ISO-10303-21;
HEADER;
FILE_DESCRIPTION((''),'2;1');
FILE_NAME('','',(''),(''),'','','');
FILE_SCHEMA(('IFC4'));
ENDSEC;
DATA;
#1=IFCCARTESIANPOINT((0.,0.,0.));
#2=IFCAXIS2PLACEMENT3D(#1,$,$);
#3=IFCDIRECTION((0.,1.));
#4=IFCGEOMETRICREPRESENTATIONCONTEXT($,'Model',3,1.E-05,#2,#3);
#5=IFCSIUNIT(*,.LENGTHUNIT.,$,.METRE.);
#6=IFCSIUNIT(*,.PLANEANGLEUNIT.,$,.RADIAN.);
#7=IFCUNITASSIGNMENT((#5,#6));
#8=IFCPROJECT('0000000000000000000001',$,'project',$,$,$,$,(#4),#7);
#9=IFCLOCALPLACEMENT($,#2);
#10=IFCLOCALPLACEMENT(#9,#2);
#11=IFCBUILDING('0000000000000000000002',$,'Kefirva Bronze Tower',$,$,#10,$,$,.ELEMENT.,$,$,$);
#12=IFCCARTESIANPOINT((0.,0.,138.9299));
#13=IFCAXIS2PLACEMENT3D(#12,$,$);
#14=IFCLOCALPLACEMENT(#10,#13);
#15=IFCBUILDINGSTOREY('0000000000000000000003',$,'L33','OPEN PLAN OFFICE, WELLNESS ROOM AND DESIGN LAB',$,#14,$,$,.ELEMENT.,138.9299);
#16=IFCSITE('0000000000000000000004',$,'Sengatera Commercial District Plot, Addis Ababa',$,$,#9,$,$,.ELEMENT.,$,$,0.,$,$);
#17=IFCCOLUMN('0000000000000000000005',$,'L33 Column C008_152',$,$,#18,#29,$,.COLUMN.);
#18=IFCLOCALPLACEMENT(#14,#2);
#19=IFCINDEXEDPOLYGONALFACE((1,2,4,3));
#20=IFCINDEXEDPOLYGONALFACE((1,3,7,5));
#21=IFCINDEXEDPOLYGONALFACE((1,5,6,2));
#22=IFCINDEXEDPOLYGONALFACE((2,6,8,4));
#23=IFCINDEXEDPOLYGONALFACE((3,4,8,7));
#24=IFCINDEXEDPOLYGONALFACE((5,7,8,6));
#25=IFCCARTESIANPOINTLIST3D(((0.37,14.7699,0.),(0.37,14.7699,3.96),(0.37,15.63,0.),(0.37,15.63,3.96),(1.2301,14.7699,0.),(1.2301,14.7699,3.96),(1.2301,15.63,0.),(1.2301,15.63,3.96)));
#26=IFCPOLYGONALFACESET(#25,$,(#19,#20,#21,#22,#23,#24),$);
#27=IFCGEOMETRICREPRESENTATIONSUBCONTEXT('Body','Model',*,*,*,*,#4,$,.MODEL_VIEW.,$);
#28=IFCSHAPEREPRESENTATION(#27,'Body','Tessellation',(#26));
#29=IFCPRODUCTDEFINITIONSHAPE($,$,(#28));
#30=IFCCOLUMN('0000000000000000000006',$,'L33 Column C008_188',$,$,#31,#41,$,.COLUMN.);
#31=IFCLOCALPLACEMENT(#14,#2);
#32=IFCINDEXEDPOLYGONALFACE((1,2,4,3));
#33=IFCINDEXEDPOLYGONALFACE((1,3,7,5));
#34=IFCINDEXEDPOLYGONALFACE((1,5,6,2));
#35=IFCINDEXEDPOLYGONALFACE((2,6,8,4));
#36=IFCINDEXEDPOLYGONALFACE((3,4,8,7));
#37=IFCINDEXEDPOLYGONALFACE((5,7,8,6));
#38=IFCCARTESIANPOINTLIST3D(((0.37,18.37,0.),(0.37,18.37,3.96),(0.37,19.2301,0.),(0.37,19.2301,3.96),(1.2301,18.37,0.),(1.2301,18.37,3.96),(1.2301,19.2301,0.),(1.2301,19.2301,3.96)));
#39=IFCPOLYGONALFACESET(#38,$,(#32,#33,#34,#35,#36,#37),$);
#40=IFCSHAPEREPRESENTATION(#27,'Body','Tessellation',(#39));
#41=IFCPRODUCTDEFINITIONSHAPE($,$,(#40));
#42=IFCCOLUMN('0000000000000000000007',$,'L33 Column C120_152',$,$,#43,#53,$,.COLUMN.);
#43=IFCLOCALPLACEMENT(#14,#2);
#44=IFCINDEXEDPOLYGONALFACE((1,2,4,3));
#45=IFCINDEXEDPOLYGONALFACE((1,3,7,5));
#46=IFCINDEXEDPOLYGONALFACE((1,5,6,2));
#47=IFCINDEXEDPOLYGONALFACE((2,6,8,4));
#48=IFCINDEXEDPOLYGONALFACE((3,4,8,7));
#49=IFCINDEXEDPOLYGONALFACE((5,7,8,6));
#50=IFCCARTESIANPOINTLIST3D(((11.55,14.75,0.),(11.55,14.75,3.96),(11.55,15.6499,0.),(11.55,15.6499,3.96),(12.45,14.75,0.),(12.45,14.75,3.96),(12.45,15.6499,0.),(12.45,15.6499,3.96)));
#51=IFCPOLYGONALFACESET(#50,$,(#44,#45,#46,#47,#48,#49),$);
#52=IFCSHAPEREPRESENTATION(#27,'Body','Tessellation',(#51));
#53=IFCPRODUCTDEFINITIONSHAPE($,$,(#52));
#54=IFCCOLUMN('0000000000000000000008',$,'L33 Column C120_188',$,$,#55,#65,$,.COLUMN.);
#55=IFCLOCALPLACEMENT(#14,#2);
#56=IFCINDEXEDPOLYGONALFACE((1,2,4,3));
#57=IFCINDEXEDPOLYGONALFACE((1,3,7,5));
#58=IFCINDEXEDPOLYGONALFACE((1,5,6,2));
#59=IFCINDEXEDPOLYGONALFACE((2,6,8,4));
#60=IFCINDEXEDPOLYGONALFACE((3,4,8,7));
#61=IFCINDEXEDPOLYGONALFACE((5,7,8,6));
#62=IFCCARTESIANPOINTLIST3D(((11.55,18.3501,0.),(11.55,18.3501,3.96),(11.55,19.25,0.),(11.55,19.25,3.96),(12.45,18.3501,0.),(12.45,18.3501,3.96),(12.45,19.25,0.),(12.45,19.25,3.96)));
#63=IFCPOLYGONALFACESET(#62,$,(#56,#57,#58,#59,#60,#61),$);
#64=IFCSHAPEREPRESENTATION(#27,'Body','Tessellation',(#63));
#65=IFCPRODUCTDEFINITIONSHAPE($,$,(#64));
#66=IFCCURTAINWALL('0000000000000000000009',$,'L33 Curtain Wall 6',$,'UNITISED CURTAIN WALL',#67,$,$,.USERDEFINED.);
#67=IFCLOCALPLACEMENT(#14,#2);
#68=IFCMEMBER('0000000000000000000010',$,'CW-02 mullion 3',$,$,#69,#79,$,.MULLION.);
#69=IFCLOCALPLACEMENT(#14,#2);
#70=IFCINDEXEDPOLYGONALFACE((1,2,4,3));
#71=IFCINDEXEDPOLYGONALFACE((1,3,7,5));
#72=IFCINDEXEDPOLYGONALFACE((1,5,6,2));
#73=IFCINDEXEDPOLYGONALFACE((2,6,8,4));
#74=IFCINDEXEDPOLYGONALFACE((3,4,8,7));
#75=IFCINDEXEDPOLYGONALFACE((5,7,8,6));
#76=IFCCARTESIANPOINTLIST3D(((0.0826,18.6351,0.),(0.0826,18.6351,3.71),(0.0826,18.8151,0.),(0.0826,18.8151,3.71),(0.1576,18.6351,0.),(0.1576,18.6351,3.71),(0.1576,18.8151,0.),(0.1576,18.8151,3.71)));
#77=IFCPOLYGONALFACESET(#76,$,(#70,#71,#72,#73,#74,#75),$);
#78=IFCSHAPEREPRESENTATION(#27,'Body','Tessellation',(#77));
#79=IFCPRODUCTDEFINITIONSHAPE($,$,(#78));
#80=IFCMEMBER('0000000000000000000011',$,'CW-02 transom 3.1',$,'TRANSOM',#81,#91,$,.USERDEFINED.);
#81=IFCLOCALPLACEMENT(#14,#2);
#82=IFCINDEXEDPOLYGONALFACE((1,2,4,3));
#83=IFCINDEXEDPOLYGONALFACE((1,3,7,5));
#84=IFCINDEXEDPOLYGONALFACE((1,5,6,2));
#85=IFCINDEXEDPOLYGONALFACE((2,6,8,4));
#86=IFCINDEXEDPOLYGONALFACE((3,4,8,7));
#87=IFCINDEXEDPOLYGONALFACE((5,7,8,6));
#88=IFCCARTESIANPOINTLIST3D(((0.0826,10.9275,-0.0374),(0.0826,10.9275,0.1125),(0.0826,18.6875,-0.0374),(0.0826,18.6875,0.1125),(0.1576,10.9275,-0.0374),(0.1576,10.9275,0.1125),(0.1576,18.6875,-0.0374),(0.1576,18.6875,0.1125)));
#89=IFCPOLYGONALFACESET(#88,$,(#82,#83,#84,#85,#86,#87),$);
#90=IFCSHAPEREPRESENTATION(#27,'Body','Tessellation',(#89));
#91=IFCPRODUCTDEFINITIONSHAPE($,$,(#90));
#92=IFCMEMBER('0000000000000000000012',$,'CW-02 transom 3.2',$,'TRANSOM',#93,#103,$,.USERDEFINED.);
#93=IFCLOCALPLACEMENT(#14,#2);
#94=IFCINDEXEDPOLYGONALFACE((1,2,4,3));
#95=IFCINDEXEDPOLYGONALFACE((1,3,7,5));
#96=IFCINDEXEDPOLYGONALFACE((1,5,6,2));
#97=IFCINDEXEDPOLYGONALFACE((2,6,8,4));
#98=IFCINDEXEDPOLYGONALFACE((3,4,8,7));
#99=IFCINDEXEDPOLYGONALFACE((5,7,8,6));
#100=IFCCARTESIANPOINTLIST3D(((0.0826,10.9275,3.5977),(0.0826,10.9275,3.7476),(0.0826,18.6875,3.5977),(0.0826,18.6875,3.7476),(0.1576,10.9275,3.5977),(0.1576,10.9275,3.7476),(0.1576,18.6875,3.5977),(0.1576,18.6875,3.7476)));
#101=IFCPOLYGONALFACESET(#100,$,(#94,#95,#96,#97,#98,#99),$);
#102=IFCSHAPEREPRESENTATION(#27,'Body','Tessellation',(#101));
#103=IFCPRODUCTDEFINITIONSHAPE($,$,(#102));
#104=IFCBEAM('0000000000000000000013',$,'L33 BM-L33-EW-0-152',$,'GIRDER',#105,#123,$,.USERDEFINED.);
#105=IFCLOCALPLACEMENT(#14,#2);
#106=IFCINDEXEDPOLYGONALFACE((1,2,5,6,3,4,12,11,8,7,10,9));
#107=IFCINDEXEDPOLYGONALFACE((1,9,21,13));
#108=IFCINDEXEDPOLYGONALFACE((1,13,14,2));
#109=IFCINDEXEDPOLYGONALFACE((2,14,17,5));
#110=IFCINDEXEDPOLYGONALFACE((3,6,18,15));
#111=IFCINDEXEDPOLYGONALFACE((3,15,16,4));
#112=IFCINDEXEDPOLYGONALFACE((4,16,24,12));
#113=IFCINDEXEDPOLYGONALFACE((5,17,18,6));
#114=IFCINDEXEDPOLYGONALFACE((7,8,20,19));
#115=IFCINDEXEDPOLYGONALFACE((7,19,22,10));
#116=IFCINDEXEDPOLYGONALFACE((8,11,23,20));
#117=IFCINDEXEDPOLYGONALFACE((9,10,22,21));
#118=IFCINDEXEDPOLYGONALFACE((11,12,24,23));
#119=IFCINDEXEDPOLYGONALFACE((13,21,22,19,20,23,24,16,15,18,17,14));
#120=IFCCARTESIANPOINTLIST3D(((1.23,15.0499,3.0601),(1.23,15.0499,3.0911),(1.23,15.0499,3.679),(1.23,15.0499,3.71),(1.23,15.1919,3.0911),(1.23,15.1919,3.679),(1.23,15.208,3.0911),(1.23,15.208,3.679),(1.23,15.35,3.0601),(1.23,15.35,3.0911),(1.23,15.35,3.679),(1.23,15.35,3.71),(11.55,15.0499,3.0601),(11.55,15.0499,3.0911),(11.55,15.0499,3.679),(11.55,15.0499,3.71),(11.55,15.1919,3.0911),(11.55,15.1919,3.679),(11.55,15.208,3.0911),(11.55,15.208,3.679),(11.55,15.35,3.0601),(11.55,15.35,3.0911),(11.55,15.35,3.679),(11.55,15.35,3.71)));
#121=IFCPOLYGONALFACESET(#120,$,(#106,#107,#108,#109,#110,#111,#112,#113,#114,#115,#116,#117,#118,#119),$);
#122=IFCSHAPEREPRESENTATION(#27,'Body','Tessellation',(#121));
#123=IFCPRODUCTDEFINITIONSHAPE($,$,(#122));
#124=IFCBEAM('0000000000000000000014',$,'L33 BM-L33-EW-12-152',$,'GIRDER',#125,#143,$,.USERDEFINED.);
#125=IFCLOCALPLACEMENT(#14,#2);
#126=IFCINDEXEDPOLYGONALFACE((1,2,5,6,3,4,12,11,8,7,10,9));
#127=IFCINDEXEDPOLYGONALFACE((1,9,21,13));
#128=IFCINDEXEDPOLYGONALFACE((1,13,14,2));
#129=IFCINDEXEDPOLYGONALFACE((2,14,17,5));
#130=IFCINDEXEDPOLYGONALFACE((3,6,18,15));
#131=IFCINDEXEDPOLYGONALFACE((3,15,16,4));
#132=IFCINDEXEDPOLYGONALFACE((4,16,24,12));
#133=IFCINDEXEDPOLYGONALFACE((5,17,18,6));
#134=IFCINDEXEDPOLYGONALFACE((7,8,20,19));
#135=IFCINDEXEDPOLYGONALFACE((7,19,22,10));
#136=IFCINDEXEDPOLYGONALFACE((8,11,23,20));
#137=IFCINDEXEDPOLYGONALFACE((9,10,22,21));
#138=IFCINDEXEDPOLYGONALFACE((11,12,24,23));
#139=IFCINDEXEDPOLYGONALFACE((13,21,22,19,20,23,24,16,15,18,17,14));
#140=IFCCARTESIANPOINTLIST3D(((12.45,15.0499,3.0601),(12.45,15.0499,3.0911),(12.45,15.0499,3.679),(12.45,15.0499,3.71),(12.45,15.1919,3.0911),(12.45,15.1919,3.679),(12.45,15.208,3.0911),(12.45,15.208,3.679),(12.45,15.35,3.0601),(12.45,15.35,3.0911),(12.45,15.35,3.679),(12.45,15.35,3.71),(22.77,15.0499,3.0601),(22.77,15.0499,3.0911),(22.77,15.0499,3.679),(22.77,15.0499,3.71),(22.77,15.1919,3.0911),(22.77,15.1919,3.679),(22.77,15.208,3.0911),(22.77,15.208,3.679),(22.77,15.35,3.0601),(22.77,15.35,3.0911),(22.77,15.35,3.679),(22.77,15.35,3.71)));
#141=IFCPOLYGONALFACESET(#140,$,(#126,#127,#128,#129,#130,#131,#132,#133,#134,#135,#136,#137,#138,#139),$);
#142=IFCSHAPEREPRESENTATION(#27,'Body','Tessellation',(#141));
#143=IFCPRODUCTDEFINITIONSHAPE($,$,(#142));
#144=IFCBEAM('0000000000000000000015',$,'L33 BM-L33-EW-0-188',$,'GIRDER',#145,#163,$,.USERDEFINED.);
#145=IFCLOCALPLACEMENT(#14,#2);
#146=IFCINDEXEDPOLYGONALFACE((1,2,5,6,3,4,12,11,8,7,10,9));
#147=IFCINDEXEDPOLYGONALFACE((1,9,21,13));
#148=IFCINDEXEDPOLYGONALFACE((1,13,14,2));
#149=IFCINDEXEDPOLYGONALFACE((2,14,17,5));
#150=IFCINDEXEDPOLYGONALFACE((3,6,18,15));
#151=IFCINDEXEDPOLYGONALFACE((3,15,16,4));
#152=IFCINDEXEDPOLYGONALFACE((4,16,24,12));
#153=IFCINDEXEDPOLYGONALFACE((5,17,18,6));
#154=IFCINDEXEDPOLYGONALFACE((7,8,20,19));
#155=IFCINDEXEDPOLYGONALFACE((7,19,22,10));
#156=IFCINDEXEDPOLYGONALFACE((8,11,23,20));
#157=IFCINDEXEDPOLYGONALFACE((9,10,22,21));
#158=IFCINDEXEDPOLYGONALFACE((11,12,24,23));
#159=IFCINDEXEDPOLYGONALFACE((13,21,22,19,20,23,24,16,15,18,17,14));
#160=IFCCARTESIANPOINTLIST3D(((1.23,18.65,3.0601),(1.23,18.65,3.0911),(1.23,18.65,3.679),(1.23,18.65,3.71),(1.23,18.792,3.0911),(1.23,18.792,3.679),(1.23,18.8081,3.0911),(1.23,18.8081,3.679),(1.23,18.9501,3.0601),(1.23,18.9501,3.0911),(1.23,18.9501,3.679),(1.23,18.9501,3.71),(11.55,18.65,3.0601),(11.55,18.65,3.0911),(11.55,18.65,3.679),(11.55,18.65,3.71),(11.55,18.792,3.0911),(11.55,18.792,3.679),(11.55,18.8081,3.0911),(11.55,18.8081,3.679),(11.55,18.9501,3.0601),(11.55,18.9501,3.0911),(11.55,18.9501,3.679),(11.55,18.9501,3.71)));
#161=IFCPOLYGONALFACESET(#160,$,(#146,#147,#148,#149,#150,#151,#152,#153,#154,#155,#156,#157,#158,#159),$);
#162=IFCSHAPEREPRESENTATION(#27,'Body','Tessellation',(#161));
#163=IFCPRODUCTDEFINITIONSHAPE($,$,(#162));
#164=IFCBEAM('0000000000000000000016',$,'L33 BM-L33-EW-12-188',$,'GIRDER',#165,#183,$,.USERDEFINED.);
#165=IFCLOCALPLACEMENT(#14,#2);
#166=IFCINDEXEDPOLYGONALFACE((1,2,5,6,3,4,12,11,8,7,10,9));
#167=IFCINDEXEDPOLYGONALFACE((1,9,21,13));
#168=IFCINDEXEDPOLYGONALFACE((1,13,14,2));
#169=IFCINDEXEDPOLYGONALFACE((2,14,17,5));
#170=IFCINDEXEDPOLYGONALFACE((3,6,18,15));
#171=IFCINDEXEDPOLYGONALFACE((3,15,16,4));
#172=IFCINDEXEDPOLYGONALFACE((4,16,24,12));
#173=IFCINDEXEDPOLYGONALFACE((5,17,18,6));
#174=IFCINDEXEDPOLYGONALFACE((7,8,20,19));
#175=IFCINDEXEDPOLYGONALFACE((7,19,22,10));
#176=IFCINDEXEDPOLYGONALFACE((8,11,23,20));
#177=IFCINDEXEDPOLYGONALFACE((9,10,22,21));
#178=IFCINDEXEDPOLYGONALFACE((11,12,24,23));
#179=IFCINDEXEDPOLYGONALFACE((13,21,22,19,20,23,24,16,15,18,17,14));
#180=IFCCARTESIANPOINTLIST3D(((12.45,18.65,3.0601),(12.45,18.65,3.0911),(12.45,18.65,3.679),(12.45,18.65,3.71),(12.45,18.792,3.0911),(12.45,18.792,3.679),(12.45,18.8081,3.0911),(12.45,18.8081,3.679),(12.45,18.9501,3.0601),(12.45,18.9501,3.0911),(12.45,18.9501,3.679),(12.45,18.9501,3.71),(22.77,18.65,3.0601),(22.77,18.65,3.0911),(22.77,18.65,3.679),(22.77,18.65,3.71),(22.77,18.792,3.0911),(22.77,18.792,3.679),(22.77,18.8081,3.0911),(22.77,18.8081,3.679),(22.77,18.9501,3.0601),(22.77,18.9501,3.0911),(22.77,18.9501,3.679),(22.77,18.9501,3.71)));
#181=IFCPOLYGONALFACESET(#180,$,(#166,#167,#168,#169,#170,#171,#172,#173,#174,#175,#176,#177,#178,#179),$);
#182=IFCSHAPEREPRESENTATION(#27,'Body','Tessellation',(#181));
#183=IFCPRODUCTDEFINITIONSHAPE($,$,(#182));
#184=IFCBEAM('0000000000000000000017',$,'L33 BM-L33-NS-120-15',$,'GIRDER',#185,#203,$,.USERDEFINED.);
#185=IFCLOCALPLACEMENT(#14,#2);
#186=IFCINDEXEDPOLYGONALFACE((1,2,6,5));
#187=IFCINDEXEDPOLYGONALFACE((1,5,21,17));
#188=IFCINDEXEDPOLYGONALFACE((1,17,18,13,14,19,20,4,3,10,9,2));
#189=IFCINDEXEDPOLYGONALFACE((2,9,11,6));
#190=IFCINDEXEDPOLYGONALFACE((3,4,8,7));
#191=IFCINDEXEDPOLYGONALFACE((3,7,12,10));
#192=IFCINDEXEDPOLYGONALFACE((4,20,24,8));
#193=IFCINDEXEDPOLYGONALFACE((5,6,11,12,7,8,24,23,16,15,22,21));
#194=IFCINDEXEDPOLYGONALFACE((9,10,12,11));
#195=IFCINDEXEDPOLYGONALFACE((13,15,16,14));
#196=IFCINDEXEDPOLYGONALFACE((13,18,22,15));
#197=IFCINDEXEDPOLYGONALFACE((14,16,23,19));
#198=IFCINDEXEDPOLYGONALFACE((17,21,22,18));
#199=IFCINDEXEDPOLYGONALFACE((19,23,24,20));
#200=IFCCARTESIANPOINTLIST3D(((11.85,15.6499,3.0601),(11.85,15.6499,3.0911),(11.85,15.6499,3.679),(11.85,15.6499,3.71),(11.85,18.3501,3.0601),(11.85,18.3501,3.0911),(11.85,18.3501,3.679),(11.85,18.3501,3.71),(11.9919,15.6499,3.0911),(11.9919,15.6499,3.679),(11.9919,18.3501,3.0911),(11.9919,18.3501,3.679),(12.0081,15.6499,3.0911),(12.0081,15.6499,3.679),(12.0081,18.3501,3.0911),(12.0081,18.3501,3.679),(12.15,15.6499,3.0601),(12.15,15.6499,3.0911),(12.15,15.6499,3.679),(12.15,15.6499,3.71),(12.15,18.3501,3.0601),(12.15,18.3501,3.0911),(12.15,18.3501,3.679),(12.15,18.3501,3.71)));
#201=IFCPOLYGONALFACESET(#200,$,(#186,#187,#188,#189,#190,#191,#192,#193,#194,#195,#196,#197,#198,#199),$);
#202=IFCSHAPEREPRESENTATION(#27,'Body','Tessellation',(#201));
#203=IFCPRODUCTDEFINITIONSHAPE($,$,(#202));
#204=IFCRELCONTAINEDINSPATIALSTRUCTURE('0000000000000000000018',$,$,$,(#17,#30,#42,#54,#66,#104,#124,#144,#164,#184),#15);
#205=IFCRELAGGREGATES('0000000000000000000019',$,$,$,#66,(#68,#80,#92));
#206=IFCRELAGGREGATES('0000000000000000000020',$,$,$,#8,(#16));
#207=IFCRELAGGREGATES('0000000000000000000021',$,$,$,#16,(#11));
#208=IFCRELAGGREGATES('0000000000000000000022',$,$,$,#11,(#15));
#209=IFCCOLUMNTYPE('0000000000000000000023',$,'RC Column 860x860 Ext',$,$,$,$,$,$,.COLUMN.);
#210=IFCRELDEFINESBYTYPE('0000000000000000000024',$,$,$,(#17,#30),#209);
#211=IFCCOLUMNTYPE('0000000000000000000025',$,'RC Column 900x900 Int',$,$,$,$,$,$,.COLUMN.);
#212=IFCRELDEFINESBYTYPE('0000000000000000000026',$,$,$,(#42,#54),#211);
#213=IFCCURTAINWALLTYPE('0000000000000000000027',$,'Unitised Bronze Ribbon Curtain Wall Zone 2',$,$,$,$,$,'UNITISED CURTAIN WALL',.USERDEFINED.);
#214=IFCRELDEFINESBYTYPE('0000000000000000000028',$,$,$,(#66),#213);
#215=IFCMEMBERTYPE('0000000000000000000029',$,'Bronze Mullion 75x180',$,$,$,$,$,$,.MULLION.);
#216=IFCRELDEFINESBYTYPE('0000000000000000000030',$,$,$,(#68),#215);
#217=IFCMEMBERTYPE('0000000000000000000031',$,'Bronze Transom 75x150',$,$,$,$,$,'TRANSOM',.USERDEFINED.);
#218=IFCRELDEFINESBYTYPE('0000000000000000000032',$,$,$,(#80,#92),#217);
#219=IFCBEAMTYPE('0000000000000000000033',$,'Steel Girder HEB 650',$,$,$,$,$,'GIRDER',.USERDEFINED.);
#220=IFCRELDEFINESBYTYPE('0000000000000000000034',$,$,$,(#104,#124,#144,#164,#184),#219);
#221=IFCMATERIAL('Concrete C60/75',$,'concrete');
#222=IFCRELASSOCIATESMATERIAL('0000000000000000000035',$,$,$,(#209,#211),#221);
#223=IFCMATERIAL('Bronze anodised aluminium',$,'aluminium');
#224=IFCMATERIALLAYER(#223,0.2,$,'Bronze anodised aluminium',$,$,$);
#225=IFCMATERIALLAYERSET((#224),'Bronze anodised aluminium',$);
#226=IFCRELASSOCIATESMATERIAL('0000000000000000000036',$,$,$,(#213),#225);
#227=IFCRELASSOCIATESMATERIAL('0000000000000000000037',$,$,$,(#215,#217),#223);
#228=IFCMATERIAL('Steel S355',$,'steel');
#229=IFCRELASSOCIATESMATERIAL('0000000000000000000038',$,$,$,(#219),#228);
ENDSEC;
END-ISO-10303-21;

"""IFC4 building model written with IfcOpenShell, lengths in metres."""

from ifc_helpers import new_model, si_unit, direction, frame, origin, origin_2d, place, context, subcontext, project, spatial, rectangle, i_section, extrude, material, layer, layer_set, material_profile, profile_set, type_object, element, aggregate, save


model = new_model("IFC4")

# Units and contexts
model_context = context("Model", 3, precision=1e-05, world=origin(), true_north=direction((0.0, 1.0)))
body_context = subcontext(model_context, "Body", "Model", "MODEL_VIEW")
ifc_project = project(units=[si_unit("LENGTHUNIT", "METRE"), si_unit("PLANEANGLEUNIT", "RADIAN")], contexts=[model_context])

# Site, building, storey
site_placement = place(None, origin())
site = spatial("IfcSite", under=ifc_project, at=site_placement, Name="Sengatera Commercial District Plot, Addis Ababa", CompositionType="ELEMENT", RefElevation=0.0)
building_placement = place(site_placement, origin())
building = spatial("IfcBuilding", under=site, at=building_placement, Name="Kefirva Bronze Tower", CompositionType="ELEMENT")
storey_placement = place(building_placement, frame((0.0, 0.0, 138.9299)))
storey = spatial("IfcBuildingStorey", under=building, at=storey_placement, Name="L33", Description="OPEN PLAN OFFICE, WELLNESS ROOM AND DESIGN LAB", CompositionType="ELEMENT", Elevation=138.9299)

# Columns
ifc_material_1 = material(Name="Concrete C60/75", Category="concrete")
ifc_material_profile_1 = material_profile(ifc_material_1, rectangle(XDim=0.8601, YDim=0.8601, at=origin_2d()), Name="RC 860x860")
ifc_profile_set_1 = profile_set([ifc_material_profile_1], Name="Concrete C60/75")
column_type_1 = type_object("IfcColumnType", Name="RC Column 860x860 Ext", PredefinedType="COLUMN", material=ifc_profile_set_1)
for number, where, z_axis, x_axis, name in (
    (1, (0.8, 15.2, 0.0), (0.0, 0.0, 1.0), (1.0, 0.0, 0.0), "L33 Column C008_152"),
    (2, (0.8, 18.8, 0.0), (0.0, 0.0, 1.0), (1.0, 0.0, 0.0), "L33 Column C008_188"),
):
    element("IfcColumn", number, at=place(storey_placement, frame(where, z_axis=z_axis, x_axis=x_axis)), inside=storey, type_object=column_type_1, Name=name, PredefinedType="COLUMN", context=body_context, shape_type="SweptSolid", body=[
        extrude(rectangle(XDim=0.8601, YDim=0.8601, at=origin_2d()), origin(), (0.0, 0.0, 1.0), 3.96),
    ])
ifc_material_profile_2 = material_profile(ifc_material_1, rectangle(XDim=0.8999, YDim=0.8999, at=origin_2d()), Name="RC 900x900")
ifc_profile_set_2 = profile_set([ifc_material_profile_2], Name="Concrete C60/75")
column_type_2 = type_object("IfcColumnType", Name="RC Column 900x900 Int", PredefinedType="COLUMN", material=ifc_profile_set_2)
for number, where, z_axis, x_axis, name in (
    (3, (12.0, 15.2, 0.0), (0.0, 0.0, 1.0), (1.0, 0.0, 0.0), "L33 Column C120_152"),
    (4, (12.0, 18.8, 0.0), (0.0, 0.0, 1.0), (1.0, 0.0, 0.0), "L33 Column C120_188"),
):
    element("IfcColumn", number, at=place(storey_placement, frame(where, z_axis=z_axis, x_axis=x_axis)), inside=storey, type_object=column_type_2, Name=name, PredefinedType="COLUMN", context=body_context, shape_type="SweptSolid", body=[
        extrude(rectangle(XDim=0.8999, YDim=0.8999, at=origin_2d()), origin(), (0.0, 0.0, 1.0), 3.96),
    ])

# Curtain wall, members
ifc_material_2 = material(Name="Bronze anodised aluminium", Category="aluminium")
ifc_layer_1 = layer(ifc_material_2, 0.2, Name="Bronze anodised aluminium")
ifc_layer_set_1 = layer_set([ifc_layer_1], Name="Bronze anodised aluminium")
curtain_wall_type = type_object("IfcCurtainWallType", Name="Unitised Bronze Ribbon Curtain Wall Zone 2", ElementType="UNITISED CURTAIN WALL", PredefinedType="USERDEFINED", material=ifc_layer_set_1)
curtain_wall_placement = place(storey_placement, origin())
curtain_wall = element("IfcCurtainWall", 5, at=curtain_wall_placement, inside=storey, type_object=curtain_wall_type, Name="L33 Curtain Wall 6", ObjectType="UNITISED CURTAIN WALL", PredefinedType="USERDEFINED")
ifc_material_profile_3 = material_profile(ifc_material_2, rectangle(XDim=0.075, YDim=0.1799, at=origin_2d()), Name="ALU 75x180")
ifc_profile_set_3 = profile_set([ifc_material_profile_3], Name="Bronze anodised aluminium")
member_type_1 = type_object("IfcMemberType", Name="Bronze Mullion 75x180", PredefinedType="MULLION", material=ifc_profile_set_3)
member_1_placement = place(storey_placement, frame((0.1201, 18.7251, 0.0), z_axis=(0.0, 0.0, 1.0), x_axis=(1.0, 0.0, 0.0)))
member_1 = element("IfcMember", 6, at=member_1_placement, type_object=member_type_1, Name="CW-02 mullion 3", PredefinedType="MULLION", context=body_context, shape_type="SweptSolid", body=[
    extrude(rectangle(XDim=0.075, YDim=0.1799, at=origin_2d()), origin(), (0.0, 0.0, 1.0), 3.71),
])
ifc_material_profile_4 = material_profile(ifc_material_2, rectangle(XDim=0.075, YDim=0.1499, at=origin_2d()), Name="ALU 75x150")
ifc_profile_set_4 = profile_set([ifc_material_profile_4], Name="Bronze anodised aluminium")
member_type_2 = type_object("IfcMemberType", Name="Bronze Transom 75x150", ElementType="TRANSOM", PredefinedType="USERDEFINED", material=ifc_profile_set_4)
member_2_placement = place(storey_placement, frame((0.1201, 18.6875, 0.0376), z_axis=(0.0, -1.0, 0.0), x_axis=(1.0, 0.0, 0.0)))
member_2 = element("IfcMember", 7, at=member_2_placement, type_object=member_type_2, Name="CW-02 transom 3.1", ObjectType="TRANSOM", PredefinedType="USERDEFINED", context=body_context, shape_type="SweptSolid", body=[
    extrude(rectangle(XDim=0.075, YDim=0.1499, at=origin_2d()), origin(), (0.0, 0.0, 1.0), 7.76),
])
member_3_placement = place(storey_placement, frame((0.1201, 18.6875, 3.6726), z_axis=(0.0, -1.0, 0.0), x_axis=(1.0, 0.0, 0.0)))
member_3 = element("IfcMember", 8, at=member_3_placement, type_object=member_type_2, Name="CW-02 transom 3.2", ObjectType="TRANSOM", PredefinedType="USERDEFINED", context=body_context, shape_type="SweptSolid", body=[
    extrude(rectangle(XDim=0.075, YDim=0.1499, at=origin_2d()), origin(), (0.0, 0.0, 1.0), 7.76),
])

# Beams
ifc_material_3 = material(Name="Steel S355", Category="steel")
ifc_material_profile_5 = material_profile(ifc_material_3, i_section(OverallWidth=0.3, OverallDepth=0.6499, WebThickness=0.0161, FlangeThickness=0.031, at=origin_2d()), Name="HEB 650")
ifc_profile_set_5 = profile_set([ifc_material_profile_5], Name="Steel S355")
beam_type_1 = type_object("IfcBeamType", Name="Steel Girder HEB 650", ElementType="GIRDER", PredefinedType="USERDEFINED", material=ifc_profile_set_5)
for number, where, z_axis, x_axis, name in (
    (9, (1.23, 15.2, 3.385), (1.0, 0.0, 0.0), (0.0, 1.0, 0.0), "L33 BM-L33-EW-0-152"),
    (10, (12.45, 15.2, 3.385), (1.0, 0.0, 0.0), (0.0, 1.0, 0.0), "L33 BM-L33-EW-12-152"),
    (11, (1.23, 18.8, 3.385), (1.0, 0.0, 0.0), (0.0, 1.0, 0.0), "L33 BM-L33-EW-0-188"),
    (12, (12.45, 18.8, 3.385), (1.0, 0.0, 0.0), (0.0, 1.0, 0.0), "L33 BM-L33-EW-12-188"),
):
    element("IfcBeam", number, at=place(storey_placement, frame(where, z_axis=z_axis, x_axis=x_axis)), inside=storey, type_object=beam_type_1, Name=name, ObjectType="GIRDER", PredefinedType="USERDEFINED", context=body_context, shape_type="SweptSolid", body=[
        extrude(i_section(OverallWidth=0.3, OverallDepth=0.6499, WebThickness=0.0161, FlangeThickness=0.031, at=origin_2d()), origin(), (0.0, 0.0, 1.0), 10.3201),
    ])
beam_1_placement = place(storey_placement, frame((12.0, 15.6499, 3.385), z_axis=(0.0, 1.0, 0.0), x_axis=(-1.0, 0.0, 0.0)))
element("IfcBeam", 13, at=beam_1_placement, inside=storey, type_object=beam_type_1, Name="L33 BM-L33-NS-120-15", ObjectType="GIRDER", PredefinedType="USERDEFINED", context=body_context, shape_type="SweptSolid", body=[
    extrude(i_section(OverallWidth=0.3, OverallDepth=0.6499, WebThickness=0.0161, FlangeThickness=0.031, at=origin_2d()), origin(), (0.0, 0.0, 1.0), 2.7002),
])

aggregate(curtain_wall, [member_1, member_2, member_3])

save(model, "model.ifc")
